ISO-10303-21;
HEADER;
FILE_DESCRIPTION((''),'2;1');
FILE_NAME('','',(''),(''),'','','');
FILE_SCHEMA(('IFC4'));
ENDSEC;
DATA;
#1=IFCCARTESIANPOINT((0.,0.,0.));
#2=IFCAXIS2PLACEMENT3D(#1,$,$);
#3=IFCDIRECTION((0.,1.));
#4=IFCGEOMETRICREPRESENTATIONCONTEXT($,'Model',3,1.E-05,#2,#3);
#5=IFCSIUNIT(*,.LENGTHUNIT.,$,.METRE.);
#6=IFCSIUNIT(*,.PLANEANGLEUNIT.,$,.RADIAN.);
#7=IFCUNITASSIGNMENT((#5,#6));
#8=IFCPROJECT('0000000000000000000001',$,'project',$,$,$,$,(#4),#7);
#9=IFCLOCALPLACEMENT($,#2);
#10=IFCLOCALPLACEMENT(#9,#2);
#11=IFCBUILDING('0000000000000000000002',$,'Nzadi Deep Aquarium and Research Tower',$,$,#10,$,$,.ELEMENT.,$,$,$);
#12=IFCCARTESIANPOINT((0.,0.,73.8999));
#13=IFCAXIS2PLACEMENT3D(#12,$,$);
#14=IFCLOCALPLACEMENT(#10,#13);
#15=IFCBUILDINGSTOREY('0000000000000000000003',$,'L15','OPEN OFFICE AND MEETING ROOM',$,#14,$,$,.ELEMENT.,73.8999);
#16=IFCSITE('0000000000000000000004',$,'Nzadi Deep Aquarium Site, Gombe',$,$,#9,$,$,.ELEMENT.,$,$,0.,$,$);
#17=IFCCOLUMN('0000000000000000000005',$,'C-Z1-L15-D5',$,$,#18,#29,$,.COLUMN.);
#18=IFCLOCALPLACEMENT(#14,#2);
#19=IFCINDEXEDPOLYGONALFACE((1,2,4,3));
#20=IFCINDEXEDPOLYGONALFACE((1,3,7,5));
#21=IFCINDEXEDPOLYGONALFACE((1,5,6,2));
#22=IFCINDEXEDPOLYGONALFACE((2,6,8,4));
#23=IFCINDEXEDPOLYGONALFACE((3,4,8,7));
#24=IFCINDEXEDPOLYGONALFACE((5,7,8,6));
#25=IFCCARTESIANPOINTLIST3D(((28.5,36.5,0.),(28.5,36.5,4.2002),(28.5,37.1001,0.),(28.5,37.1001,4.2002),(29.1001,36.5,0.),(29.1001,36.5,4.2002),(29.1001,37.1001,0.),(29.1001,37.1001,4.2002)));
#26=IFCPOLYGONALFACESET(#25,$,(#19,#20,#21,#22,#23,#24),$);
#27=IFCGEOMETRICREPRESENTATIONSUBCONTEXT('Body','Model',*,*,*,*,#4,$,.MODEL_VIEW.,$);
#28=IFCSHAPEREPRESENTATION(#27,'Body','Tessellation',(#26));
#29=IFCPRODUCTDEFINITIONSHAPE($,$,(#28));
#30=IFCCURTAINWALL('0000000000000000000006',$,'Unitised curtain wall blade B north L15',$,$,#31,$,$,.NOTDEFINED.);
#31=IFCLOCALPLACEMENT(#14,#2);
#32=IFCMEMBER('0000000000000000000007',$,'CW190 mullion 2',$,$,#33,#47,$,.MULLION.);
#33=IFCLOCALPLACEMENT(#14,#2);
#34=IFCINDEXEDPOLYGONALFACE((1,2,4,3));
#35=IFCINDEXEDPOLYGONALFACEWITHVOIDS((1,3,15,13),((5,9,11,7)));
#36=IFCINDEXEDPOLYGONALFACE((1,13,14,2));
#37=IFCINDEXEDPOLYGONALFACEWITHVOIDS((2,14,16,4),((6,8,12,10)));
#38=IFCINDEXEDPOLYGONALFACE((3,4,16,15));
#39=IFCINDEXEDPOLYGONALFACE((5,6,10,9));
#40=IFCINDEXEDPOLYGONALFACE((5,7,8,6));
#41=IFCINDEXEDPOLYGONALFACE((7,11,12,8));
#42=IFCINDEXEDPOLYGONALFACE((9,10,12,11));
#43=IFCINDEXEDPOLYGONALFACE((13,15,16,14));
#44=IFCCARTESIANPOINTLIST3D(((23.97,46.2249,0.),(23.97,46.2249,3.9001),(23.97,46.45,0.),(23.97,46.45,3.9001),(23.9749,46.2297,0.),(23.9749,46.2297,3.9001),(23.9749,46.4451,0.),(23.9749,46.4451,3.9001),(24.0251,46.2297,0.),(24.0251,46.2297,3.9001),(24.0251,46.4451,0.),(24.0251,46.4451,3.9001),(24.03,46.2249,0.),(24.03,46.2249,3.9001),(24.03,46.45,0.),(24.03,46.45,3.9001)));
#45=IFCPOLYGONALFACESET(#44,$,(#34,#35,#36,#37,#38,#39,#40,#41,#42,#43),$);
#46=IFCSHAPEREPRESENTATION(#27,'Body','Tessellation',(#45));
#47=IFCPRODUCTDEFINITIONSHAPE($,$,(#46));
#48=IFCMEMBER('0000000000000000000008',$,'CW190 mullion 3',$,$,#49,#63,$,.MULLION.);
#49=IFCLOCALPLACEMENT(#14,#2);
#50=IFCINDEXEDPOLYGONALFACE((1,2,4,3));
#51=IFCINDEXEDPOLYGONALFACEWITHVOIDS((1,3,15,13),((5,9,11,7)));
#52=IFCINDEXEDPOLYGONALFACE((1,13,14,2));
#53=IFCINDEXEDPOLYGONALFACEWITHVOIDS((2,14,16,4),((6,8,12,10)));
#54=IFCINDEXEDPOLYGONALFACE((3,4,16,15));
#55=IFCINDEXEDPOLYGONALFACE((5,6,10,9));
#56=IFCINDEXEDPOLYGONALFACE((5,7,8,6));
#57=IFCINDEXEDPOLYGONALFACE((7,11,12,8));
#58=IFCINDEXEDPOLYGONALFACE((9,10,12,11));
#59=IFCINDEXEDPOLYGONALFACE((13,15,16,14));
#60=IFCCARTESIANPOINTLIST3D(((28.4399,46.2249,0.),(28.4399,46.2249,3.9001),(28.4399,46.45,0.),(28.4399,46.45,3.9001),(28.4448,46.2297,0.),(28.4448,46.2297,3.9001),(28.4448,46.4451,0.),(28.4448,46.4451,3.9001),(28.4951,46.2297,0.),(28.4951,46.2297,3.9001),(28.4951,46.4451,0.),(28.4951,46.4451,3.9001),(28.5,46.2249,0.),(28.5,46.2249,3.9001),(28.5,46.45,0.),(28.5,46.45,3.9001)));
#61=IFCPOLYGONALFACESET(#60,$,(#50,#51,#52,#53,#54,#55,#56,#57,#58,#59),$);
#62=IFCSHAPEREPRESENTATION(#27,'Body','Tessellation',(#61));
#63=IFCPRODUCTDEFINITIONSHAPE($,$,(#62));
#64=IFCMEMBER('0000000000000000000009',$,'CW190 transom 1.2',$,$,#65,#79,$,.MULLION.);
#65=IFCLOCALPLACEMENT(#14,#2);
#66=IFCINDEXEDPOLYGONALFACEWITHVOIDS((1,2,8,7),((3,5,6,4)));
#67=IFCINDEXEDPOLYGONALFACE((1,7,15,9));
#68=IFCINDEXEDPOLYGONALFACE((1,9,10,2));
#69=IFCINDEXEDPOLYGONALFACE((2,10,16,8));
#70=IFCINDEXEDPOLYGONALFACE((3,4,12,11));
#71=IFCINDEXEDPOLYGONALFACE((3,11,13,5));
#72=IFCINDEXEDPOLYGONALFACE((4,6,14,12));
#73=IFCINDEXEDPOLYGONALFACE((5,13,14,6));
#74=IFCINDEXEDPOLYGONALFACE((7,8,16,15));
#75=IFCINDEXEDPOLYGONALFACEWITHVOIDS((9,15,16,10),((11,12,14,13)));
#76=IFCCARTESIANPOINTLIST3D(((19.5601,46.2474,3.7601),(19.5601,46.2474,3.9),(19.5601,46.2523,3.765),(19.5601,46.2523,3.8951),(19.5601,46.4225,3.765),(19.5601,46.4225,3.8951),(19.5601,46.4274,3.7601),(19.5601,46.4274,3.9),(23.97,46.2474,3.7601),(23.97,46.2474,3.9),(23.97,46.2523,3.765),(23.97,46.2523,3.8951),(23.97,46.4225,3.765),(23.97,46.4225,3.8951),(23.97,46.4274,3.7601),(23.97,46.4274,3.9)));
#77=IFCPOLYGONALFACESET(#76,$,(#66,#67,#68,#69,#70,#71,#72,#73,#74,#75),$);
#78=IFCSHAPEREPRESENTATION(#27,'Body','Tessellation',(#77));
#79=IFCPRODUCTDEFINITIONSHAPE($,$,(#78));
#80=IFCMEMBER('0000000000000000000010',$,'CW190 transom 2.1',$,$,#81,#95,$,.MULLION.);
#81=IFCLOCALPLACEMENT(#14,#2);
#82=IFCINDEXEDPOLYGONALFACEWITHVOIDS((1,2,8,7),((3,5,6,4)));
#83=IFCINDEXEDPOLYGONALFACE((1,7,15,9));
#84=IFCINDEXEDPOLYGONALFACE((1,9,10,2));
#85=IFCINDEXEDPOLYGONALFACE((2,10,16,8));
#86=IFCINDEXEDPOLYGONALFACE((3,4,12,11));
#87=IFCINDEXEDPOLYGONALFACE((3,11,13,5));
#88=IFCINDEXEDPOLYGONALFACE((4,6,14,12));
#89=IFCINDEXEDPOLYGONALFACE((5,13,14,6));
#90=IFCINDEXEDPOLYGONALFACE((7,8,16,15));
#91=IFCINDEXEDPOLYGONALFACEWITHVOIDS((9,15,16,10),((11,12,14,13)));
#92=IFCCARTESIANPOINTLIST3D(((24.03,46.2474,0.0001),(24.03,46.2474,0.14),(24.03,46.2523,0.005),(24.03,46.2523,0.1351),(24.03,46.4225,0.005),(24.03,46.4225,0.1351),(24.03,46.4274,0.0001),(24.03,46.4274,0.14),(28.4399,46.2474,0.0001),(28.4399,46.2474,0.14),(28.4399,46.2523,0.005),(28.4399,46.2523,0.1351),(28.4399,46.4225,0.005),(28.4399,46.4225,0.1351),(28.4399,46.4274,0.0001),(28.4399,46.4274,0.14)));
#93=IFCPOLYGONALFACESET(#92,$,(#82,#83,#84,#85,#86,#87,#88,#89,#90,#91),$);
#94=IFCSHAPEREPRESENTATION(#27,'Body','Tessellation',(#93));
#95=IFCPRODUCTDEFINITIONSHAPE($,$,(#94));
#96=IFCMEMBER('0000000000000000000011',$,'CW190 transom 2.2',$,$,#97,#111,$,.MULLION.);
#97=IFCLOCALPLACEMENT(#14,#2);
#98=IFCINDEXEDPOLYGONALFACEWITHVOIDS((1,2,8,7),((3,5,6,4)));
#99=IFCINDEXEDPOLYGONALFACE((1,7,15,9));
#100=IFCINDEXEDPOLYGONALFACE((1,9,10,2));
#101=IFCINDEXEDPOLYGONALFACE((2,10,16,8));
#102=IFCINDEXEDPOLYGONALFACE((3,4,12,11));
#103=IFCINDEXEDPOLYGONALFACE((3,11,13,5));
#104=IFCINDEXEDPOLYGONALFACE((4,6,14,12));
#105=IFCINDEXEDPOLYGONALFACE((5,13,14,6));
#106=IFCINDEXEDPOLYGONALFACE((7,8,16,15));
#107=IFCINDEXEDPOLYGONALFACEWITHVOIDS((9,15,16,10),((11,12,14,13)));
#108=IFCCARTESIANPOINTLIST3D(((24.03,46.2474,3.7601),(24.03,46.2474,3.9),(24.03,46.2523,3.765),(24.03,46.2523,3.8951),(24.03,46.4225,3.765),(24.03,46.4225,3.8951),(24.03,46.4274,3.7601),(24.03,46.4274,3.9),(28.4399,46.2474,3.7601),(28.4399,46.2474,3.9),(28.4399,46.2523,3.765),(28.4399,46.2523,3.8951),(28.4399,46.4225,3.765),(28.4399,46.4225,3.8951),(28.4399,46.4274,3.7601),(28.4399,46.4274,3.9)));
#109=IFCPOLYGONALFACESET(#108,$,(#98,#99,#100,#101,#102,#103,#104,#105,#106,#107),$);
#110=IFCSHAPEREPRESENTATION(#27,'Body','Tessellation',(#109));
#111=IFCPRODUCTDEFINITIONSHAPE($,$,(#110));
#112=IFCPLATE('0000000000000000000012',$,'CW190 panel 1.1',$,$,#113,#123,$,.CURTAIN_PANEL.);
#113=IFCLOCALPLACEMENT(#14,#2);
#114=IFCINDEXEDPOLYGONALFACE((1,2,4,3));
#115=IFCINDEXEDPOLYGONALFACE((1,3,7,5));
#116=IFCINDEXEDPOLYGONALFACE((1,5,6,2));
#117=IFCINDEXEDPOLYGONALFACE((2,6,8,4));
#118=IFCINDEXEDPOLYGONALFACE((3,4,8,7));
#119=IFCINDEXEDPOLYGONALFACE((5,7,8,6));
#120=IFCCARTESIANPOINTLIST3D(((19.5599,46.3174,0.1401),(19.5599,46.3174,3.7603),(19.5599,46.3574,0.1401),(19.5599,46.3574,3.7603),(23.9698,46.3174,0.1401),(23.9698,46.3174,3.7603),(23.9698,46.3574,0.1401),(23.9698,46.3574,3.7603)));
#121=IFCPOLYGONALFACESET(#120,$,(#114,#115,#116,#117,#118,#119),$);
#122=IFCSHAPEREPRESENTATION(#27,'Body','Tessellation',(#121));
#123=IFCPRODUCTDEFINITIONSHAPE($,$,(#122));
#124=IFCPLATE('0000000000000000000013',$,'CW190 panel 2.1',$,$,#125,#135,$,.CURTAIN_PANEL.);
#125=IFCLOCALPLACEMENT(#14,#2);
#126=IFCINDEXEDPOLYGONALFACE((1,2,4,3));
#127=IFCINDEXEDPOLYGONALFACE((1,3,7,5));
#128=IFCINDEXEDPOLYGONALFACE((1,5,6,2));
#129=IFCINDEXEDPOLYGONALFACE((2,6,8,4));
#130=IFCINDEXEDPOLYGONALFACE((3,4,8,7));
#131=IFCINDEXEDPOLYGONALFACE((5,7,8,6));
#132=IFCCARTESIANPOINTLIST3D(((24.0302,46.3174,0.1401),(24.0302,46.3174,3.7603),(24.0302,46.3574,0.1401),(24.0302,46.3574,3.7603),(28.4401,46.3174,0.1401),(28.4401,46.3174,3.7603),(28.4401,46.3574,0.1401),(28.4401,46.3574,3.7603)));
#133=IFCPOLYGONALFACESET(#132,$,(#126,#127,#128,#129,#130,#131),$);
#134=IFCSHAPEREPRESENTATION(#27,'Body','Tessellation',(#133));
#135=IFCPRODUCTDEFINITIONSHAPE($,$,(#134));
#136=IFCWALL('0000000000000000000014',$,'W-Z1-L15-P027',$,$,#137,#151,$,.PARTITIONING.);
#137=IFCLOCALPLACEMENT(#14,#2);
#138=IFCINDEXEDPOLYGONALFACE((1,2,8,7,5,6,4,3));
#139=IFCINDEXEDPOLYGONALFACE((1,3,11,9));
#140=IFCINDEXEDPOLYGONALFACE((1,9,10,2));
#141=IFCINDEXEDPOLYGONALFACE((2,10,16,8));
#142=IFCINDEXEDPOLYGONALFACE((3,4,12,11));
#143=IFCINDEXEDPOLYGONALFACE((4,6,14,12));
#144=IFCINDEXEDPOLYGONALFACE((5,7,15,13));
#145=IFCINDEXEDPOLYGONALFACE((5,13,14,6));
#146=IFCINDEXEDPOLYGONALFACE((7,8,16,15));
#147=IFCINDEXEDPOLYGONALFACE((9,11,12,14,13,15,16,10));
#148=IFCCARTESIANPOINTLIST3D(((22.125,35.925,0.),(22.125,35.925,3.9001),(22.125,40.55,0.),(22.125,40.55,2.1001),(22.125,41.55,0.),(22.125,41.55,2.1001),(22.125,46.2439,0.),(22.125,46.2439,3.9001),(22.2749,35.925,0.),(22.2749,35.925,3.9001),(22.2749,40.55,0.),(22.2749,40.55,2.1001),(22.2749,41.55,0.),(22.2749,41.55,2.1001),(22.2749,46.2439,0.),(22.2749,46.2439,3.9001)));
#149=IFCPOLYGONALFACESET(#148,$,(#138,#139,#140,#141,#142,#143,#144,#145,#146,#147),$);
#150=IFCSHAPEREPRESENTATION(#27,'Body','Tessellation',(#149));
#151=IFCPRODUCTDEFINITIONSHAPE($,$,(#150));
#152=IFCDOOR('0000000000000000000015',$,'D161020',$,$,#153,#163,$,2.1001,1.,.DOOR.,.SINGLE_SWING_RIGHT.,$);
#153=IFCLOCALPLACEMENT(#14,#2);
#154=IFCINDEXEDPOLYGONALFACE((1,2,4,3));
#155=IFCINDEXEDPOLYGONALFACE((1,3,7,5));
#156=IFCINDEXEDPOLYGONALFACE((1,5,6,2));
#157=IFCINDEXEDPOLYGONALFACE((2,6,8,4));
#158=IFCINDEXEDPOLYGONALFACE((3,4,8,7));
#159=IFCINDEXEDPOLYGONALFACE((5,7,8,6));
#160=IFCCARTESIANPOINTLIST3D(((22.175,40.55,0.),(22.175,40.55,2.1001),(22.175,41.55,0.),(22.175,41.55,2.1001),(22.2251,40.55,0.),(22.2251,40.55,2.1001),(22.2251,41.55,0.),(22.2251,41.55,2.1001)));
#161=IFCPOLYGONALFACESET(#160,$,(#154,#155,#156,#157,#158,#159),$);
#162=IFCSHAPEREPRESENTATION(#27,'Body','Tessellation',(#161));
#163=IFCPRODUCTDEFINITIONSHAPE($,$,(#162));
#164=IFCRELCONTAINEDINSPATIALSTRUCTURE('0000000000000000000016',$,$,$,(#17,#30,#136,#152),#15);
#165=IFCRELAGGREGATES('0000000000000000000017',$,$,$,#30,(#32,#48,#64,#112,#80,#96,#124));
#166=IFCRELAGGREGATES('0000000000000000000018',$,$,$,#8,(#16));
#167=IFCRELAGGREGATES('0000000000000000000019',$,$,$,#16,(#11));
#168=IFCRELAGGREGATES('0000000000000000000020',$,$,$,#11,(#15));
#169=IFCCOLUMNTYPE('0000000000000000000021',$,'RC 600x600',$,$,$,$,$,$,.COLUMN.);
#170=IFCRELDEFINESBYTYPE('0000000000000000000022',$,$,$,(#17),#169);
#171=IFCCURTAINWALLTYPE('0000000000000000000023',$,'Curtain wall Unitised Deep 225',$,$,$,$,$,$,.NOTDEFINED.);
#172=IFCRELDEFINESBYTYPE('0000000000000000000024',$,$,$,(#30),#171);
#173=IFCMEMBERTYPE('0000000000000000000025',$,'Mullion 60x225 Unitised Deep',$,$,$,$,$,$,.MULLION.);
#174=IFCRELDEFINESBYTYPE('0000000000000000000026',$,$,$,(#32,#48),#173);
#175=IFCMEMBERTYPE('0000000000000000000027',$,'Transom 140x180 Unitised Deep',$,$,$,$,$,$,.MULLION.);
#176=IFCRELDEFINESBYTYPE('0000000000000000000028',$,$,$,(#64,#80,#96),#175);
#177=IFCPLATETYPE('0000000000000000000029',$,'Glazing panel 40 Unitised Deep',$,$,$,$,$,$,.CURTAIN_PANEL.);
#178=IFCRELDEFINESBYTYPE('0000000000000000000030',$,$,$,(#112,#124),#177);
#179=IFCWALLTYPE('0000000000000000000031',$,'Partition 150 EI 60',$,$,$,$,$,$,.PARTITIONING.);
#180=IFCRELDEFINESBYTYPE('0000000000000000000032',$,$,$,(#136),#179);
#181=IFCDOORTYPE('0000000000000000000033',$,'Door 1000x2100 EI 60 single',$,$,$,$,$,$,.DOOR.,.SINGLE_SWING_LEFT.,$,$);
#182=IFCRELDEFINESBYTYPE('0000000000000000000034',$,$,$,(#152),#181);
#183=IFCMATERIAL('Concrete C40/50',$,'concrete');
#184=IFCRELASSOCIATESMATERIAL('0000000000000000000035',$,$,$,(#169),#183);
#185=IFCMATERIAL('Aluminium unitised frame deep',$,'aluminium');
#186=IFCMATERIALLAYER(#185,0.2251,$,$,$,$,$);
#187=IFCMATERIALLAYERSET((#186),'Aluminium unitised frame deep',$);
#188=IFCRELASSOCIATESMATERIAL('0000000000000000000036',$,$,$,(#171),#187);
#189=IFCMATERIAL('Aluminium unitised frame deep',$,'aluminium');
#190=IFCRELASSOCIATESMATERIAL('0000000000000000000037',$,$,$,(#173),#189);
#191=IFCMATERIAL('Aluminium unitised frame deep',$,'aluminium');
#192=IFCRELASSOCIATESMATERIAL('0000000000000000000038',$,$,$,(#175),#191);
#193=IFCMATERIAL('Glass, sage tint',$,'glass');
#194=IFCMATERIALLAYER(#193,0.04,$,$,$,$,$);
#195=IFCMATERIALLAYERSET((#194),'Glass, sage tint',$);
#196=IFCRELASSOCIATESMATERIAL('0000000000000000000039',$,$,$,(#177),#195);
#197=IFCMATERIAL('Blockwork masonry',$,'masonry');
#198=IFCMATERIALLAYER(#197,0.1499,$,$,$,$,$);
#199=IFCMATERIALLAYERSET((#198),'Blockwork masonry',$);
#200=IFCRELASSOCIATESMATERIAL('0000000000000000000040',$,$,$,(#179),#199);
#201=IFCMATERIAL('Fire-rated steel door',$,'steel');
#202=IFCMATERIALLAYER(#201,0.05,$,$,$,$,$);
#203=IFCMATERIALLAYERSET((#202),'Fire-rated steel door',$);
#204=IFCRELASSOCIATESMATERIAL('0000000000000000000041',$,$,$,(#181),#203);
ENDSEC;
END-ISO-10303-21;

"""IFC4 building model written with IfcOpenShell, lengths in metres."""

from ifc_helpers import new_model, si_unit, direction, frame, frame_2d, origin, origin_2d, place, context, subcontext, project, spatial, rectangle, hollow_rectangle, extrude, material, layer, layer_set, material_profile, profile_set, type_object, element, fill, aggregate, save


model = new_model("IFC4")

# Units and contexts
model_context = context("Model", 3, precision=1e-05, world=origin(), true_north=direction((0.0, 1.0)))
body_context = subcontext(model_context, "Body", "Model", "MODEL_VIEW")
ifc_project = project(units=[si_unit("LENGTHUNIT", "METRE"), si_unit("PLANEANGLEUNIT", "RADIAN")], contexts=[model_context])

# Site, building, storey
site_placement = place(None, origin())
site = spatial("IfcSite", under=ifc_project, at=site_placement, Name="Nzadi Deep Aquarium Site, Gombe", CompositionType="ELEMENT", RefElevation=0.0)
building_placement = place(site_placement, origin())
building = spatial("IfcBuilding", under=site, at=building_placement, Name="Nzadi Deep Aquarium and Research Tower", CompositionType="ELEMENT")
storey_placement = place(building_placement, frame((0.0, 0.0, 73.8999)))
storey = spatial("IfcBuildingStorey", under=building, at=storey_placement, Name="L15", Description="OPEN OFFICE AND MEETING ROOM", CompositionType="ELEMENT", Elevation=73.8999)

# Column
ifc_material_1 = material(Name="Concrete C40/50", Category="concrete")
ifc_material_profile_1 = material_profile(ifc_material_1, rectangle(XDim=0.6001, YDim=0.6001, at=origin_2d()))
ifc_profile_set_1 = profile_set([ifc_material_profile_1], Name="Concrete C40/50")
column_type = type_object("IfcColumnType", Name="RC 600x600", PredefinedType="COLUMN", material=ifc_profile_set_1)
column_placement = place(storey_placement, frame((28.8, 36.8, 0.0), z_axis=(0.0, 0.0, 1.0), x_axis=(1.0, 0.0, 0.0)))
element("IfcColumn", 1, at=column_placement, inside=storey, type_object=column_type, Name="C-Z1-L15-D5", PredefinedType="COLUMN", context=body_context, shape_type="SweptSolid", body=[
    extrude(rectangle(XDim=0.6001, YDim=0.6001, at=origin_2d()), origin(), (0.0, 0.0, 1.0), 4.2002),
])

# Curtain wall, members, plates
ifc_material_2 = material(Name="Aluminium unitised frame deep", Category="aluminium")
ifc_layer_1 = layer(ifc_material_2, 0.2251)
ifc_layer_set_1 = layer_set([ifc_layer_1], Name="Aluminium unitised frame deep")
curtain_wall_type = type_object("IfcCurtainWallType", Name="Curtain wall Unitised Deep 225", PredefinedType="NOTDEFINED", material=ifc_layer_set_1)
curtain_wall_placement = place(storey_placement, origin())
curtain_wall = element("IfcCurtainWall", 2, at=curtain_wall_placement, inside=storey, type_object=curtain_wall_type, Name="Unitised curtain wall blade B north L15", PredefinedType="NOTDEFINED")
ifc_material_3 = material(Name="Aluminium unitised frame deep", Category="aluminium")
ifc_material_profile_2 = material_profile(ifc_material_3, hollow_rectangle(XDim=0.2251, YDim=0.0601, WallThickness=0.0049, at=origin_2d()))
ifc_profile_set_2 = profile_set([ifc_material_profile_2], Name="Aluminium unitised frame deep")
member_type_1 = type_object("IfcMemberType", Name="Mullion 60x225 Unitised Deep", PredefinedType="MULLION", material=ifc_profile_set_2)
member_1_placement = place(storey_placement, frame((24.0, 46.3374, 0.0), z_axis=(0.0, 0.0, 1.0), x_axis=(0.0, 1.0, 0.0)))
member_1 = element("IfcMember", 3, at=member_1_placement, type_object=member_type_1, Name="CW190 mullion 2", PredefinedType="MULLION", context=body_context, shape_type="SweptSolid", body=[
    extrude(hollow_rectangle(XDim=0.2251, YDim=0.0601, WallThickness=0.0049, at=origin_2d()), origin(), (0.0, 0.0, 1.0), 3.9001),
])
member_2_placement = place(storey_placement, frame((28.47, 46.3374, 0.0), z_axis=(0.0, 0.0, 1.0), x_axis=(0.0, 1.0, 0.0)))
member_2 = element("IfcMember", 4, at=member_2_placement, type_object=member_type_1, Name="CW190 mullion 3", PredefinedType="MULLION", context=body_context, shape_type="SweptSolid", body=[
    extrude(hollow_rectangle(XDim=0.2251, YDim=0.0601, WallThickness=0.0049, at=origin_2d()), origin(), (0.0, 0.0, 1.0), 3.9001),
])
ifc_material_4 = material(Name="Aluminium unitised frame deep", Category="aluminium")
ifc_material_profile_3 = material_profile(ifc_material_4, hollow_rectangle(XDim=0.1799, YDim=0.1399, WallThickness=0.0049, at=origin_2d()))
ifc_profile_set_3 = profile_set([ifc_material_profile_3], Name="Aluminium unitised frame deep")
member_type_2 = type_object("IfcMemberType", Name="Transom 140x180 Unitised Deep", PredefinedType="MULLION", material=ifc_profile_set_3)
member_3_placement = place(storey_placement, frame((19.5601, 46.3374, 3.8301), z_axis=(1.0, 0.0, 0.0), x_axis=(0.0, 1.0, 0.0)))
member_3 = element("IfcMember", 5, at=member_3_placement, type_object=member_type_2, Name="CW190 transom 1.2", PredefinedType="MULLION", context=body_context, shape_type="SweptSolid", body=[
    extrude(hollow_rectangle(XDim=0.1799, YDim=0.1399, WallThickness=0.0049, at=origin_2d()), origin(), (0.0, 0.0, 1.0), 4.4099),
])
member_4_placement = place(storey_placement, frame((24.03, 46.3374, 0.0701), z_axis=(1.0, 0.0, 0.0), x_axis=(0.0, 1.0, 0.0)))
member_4 = element("IfcMember", 6, at=member_4_placement, type_object=member_type_2, Name="CW190 transom 2.1", PredefinedType="MULLION", context=body_context, shape_type="SweptSolid", body=[
    extrude(hollow_rectangle(XDim=0.1799, YDim=0.1399, WallThickness=0.0049, at=origin_2d()), origin(), (0.0, 0.0, 1.0), 4.4099),
])
member_5_placement = place(storey_placement, frame((24.03, 46.3374, 3.8301), z_axis=(1.0, 0.0, 0.0), x_axis=(0.0, 1.0, 0.0)))
member_5 = element("IfcMember", 7, at=member_5_placement, type_object=member_type_2, Name="CW190 transom 2.2", PredefinedType="MULLION", context=body_context, shape_type="SweptSolid", body=[
    extrude(hollow_rectangle(XDim=0.1799, YDim=0.1399, WallThickness=0.0049, at=origin_2d()), origin(), (0.0, 0.0, 1.0), 4.4099),
])
ifc_material_5 = material(Name="Glass, sage tint", Category="glass")
ifc_layer_2 = layer(ifc_material_5, 0.04)
ifc_layer_set_2 = layer_set([ifc_layer_2], Name="Glass, sage tint")
plate_type = type_object("IfcPlateType", Name="Glazing panel 40 Unitised Deep", PredefinedType="CURTAIN_PANEL", material=ifc_layer_set_2)
plate_1_placement = place(storey_placement, frame((21.7649, 46.3374, 0.1401), z_axis=(0.0, 0.0, 1.0), x_axis=(1.0, 0.0, 0.0)))
plate_1 = element("IfcPlate", 8, at=plate_1_placement, type_object=plate_type, Name="CW190 panel 1.1", PredefinedType="CURTAIN_PANEL", context=body_context, shape_type="SweptSolid", body=[
    extrude(rectangle(XDim=4.4099, YDim=0.04, at=origin_2d()), origin(), (0.0, 0.0, 1.0), 3.6201),
])
plate_2_placement = place(storey_placement, frame((26.2351, 46.3374, 0.1401), z_axis=(0.0, 0.0, 1.0), x_axis=(1.0, 0.0, 0.0)))
plate_2 = element("IfcPlate", 9, at=plate_2_placement, type_object=plate_type, Name="CW190 panel 2.1", PredefinedType="CURTAIN_PANEL", context=body_context, shape_type="SweptSolid", body=[
    extrude(rectangle(XDim=4.4099, YDim=0.04, at=origin_2d()), origin(), (0.0, 0.0, 1.0), 3.6201),
])
aggregate(curtain_wall, [member_1, member_2, member_3, plate_1, member_4, member_5, plate_2])

# Wall, opening, door
ifc_material_6 = material(Name="Blockwork masonry", Category="masonry")
ifc_layer_3 = layer(ifc_material_6, 0.1499)
ifc_layer_set_3 = layer_set([ifc_layer_3], Name="Blockwork masonry")
wall_type_1 = type_object("IfcWallType", Name="Partition 150 EI 60", PredefinedType="PARTITIONING", material=ifc_layer_set_3)
wall_1_placement = place(storey_placement, frame((22.2, 35.925, 0.0), z_axis=(0.0, 0.0, 1.0), x_axis=(0.0, 1.0, 0.0)))
wall_1 = element("IfcWall", 10, at=wall_1_placement, inside=storey, type_object=wall_type_1, Name="W-Z1-L15-P027", PredefinedType="PARTITIONING", context=body_context, shape_type="SweptSolid", body=[
    extrude(rectangle(XDim=10.3188, YDim=0.1499, at=frame_2d((5.1594, 0.0))), origin(), (0.0, 0.0, 1.0), 3.9001),
])
opening_1_placement = place(wall_1_placement, frame((4.625, 0.0, 0.0)))
opening_1 = element("IfcOpeningElement", 11, at=opening_1_placement, cuts=wall_1, PredefinedType="OPENING", context=body_context, shape_type="SweptSolid", body=[
    extrude(rectangle(XDim=1.0, YDim=2.1001, at=frame_2d((0.5, 1.05))), frame((0.0, 0.085, 0.0), z_axis=(0.0, -1.0, 0.0), x_axis=(1.0, 0.0, 0.0)), (0.0, 0.0, 1.0), 0.1699),
])
ifc_material_7 = material(Name="Fire-rated steel door", Category="steel")
ifc_layer_4 = layer(ifc_material_7, 0.05)
ifc_layer_set_4 = layer_set([ifc_layer_4], Name="Fire-rated steel door")
door_type_1 = type_object("IfcDoorType", Name="Door 1000x2100 EI 60 single", OperationType="SINGLE_SWING_LEFT", PredefinedType="DOOR", material=ifc_layer_set_4)
door_1_placement = place(opening_1_placement, origin())
door_1 = element("IfcDoor", 12, at=door_1_placement, inside=storey, type_object=door_type_1, Name="D161020", OperationType="SINGLE_SWING_RIGHT", OverallHeight=2.1001, OverallWidth=1.0, PredefinedType="DOOR", context=body_context, shape_type="SweptSolid", body=[
    extrude(rectangle(XDim=1.0, YDim=2.1001, at=frame_2d((0.5, 1.05))), frame((0.0, 0.0249, 0.0), z_axis=(0.0, -1.0, 0.0), x_axis=(1.0, 0.0, 0.0)), (0.0, 0.0, 1.0), 0.05),
])
fill(opening_1, door_1)

save(model, "model.ifc")
